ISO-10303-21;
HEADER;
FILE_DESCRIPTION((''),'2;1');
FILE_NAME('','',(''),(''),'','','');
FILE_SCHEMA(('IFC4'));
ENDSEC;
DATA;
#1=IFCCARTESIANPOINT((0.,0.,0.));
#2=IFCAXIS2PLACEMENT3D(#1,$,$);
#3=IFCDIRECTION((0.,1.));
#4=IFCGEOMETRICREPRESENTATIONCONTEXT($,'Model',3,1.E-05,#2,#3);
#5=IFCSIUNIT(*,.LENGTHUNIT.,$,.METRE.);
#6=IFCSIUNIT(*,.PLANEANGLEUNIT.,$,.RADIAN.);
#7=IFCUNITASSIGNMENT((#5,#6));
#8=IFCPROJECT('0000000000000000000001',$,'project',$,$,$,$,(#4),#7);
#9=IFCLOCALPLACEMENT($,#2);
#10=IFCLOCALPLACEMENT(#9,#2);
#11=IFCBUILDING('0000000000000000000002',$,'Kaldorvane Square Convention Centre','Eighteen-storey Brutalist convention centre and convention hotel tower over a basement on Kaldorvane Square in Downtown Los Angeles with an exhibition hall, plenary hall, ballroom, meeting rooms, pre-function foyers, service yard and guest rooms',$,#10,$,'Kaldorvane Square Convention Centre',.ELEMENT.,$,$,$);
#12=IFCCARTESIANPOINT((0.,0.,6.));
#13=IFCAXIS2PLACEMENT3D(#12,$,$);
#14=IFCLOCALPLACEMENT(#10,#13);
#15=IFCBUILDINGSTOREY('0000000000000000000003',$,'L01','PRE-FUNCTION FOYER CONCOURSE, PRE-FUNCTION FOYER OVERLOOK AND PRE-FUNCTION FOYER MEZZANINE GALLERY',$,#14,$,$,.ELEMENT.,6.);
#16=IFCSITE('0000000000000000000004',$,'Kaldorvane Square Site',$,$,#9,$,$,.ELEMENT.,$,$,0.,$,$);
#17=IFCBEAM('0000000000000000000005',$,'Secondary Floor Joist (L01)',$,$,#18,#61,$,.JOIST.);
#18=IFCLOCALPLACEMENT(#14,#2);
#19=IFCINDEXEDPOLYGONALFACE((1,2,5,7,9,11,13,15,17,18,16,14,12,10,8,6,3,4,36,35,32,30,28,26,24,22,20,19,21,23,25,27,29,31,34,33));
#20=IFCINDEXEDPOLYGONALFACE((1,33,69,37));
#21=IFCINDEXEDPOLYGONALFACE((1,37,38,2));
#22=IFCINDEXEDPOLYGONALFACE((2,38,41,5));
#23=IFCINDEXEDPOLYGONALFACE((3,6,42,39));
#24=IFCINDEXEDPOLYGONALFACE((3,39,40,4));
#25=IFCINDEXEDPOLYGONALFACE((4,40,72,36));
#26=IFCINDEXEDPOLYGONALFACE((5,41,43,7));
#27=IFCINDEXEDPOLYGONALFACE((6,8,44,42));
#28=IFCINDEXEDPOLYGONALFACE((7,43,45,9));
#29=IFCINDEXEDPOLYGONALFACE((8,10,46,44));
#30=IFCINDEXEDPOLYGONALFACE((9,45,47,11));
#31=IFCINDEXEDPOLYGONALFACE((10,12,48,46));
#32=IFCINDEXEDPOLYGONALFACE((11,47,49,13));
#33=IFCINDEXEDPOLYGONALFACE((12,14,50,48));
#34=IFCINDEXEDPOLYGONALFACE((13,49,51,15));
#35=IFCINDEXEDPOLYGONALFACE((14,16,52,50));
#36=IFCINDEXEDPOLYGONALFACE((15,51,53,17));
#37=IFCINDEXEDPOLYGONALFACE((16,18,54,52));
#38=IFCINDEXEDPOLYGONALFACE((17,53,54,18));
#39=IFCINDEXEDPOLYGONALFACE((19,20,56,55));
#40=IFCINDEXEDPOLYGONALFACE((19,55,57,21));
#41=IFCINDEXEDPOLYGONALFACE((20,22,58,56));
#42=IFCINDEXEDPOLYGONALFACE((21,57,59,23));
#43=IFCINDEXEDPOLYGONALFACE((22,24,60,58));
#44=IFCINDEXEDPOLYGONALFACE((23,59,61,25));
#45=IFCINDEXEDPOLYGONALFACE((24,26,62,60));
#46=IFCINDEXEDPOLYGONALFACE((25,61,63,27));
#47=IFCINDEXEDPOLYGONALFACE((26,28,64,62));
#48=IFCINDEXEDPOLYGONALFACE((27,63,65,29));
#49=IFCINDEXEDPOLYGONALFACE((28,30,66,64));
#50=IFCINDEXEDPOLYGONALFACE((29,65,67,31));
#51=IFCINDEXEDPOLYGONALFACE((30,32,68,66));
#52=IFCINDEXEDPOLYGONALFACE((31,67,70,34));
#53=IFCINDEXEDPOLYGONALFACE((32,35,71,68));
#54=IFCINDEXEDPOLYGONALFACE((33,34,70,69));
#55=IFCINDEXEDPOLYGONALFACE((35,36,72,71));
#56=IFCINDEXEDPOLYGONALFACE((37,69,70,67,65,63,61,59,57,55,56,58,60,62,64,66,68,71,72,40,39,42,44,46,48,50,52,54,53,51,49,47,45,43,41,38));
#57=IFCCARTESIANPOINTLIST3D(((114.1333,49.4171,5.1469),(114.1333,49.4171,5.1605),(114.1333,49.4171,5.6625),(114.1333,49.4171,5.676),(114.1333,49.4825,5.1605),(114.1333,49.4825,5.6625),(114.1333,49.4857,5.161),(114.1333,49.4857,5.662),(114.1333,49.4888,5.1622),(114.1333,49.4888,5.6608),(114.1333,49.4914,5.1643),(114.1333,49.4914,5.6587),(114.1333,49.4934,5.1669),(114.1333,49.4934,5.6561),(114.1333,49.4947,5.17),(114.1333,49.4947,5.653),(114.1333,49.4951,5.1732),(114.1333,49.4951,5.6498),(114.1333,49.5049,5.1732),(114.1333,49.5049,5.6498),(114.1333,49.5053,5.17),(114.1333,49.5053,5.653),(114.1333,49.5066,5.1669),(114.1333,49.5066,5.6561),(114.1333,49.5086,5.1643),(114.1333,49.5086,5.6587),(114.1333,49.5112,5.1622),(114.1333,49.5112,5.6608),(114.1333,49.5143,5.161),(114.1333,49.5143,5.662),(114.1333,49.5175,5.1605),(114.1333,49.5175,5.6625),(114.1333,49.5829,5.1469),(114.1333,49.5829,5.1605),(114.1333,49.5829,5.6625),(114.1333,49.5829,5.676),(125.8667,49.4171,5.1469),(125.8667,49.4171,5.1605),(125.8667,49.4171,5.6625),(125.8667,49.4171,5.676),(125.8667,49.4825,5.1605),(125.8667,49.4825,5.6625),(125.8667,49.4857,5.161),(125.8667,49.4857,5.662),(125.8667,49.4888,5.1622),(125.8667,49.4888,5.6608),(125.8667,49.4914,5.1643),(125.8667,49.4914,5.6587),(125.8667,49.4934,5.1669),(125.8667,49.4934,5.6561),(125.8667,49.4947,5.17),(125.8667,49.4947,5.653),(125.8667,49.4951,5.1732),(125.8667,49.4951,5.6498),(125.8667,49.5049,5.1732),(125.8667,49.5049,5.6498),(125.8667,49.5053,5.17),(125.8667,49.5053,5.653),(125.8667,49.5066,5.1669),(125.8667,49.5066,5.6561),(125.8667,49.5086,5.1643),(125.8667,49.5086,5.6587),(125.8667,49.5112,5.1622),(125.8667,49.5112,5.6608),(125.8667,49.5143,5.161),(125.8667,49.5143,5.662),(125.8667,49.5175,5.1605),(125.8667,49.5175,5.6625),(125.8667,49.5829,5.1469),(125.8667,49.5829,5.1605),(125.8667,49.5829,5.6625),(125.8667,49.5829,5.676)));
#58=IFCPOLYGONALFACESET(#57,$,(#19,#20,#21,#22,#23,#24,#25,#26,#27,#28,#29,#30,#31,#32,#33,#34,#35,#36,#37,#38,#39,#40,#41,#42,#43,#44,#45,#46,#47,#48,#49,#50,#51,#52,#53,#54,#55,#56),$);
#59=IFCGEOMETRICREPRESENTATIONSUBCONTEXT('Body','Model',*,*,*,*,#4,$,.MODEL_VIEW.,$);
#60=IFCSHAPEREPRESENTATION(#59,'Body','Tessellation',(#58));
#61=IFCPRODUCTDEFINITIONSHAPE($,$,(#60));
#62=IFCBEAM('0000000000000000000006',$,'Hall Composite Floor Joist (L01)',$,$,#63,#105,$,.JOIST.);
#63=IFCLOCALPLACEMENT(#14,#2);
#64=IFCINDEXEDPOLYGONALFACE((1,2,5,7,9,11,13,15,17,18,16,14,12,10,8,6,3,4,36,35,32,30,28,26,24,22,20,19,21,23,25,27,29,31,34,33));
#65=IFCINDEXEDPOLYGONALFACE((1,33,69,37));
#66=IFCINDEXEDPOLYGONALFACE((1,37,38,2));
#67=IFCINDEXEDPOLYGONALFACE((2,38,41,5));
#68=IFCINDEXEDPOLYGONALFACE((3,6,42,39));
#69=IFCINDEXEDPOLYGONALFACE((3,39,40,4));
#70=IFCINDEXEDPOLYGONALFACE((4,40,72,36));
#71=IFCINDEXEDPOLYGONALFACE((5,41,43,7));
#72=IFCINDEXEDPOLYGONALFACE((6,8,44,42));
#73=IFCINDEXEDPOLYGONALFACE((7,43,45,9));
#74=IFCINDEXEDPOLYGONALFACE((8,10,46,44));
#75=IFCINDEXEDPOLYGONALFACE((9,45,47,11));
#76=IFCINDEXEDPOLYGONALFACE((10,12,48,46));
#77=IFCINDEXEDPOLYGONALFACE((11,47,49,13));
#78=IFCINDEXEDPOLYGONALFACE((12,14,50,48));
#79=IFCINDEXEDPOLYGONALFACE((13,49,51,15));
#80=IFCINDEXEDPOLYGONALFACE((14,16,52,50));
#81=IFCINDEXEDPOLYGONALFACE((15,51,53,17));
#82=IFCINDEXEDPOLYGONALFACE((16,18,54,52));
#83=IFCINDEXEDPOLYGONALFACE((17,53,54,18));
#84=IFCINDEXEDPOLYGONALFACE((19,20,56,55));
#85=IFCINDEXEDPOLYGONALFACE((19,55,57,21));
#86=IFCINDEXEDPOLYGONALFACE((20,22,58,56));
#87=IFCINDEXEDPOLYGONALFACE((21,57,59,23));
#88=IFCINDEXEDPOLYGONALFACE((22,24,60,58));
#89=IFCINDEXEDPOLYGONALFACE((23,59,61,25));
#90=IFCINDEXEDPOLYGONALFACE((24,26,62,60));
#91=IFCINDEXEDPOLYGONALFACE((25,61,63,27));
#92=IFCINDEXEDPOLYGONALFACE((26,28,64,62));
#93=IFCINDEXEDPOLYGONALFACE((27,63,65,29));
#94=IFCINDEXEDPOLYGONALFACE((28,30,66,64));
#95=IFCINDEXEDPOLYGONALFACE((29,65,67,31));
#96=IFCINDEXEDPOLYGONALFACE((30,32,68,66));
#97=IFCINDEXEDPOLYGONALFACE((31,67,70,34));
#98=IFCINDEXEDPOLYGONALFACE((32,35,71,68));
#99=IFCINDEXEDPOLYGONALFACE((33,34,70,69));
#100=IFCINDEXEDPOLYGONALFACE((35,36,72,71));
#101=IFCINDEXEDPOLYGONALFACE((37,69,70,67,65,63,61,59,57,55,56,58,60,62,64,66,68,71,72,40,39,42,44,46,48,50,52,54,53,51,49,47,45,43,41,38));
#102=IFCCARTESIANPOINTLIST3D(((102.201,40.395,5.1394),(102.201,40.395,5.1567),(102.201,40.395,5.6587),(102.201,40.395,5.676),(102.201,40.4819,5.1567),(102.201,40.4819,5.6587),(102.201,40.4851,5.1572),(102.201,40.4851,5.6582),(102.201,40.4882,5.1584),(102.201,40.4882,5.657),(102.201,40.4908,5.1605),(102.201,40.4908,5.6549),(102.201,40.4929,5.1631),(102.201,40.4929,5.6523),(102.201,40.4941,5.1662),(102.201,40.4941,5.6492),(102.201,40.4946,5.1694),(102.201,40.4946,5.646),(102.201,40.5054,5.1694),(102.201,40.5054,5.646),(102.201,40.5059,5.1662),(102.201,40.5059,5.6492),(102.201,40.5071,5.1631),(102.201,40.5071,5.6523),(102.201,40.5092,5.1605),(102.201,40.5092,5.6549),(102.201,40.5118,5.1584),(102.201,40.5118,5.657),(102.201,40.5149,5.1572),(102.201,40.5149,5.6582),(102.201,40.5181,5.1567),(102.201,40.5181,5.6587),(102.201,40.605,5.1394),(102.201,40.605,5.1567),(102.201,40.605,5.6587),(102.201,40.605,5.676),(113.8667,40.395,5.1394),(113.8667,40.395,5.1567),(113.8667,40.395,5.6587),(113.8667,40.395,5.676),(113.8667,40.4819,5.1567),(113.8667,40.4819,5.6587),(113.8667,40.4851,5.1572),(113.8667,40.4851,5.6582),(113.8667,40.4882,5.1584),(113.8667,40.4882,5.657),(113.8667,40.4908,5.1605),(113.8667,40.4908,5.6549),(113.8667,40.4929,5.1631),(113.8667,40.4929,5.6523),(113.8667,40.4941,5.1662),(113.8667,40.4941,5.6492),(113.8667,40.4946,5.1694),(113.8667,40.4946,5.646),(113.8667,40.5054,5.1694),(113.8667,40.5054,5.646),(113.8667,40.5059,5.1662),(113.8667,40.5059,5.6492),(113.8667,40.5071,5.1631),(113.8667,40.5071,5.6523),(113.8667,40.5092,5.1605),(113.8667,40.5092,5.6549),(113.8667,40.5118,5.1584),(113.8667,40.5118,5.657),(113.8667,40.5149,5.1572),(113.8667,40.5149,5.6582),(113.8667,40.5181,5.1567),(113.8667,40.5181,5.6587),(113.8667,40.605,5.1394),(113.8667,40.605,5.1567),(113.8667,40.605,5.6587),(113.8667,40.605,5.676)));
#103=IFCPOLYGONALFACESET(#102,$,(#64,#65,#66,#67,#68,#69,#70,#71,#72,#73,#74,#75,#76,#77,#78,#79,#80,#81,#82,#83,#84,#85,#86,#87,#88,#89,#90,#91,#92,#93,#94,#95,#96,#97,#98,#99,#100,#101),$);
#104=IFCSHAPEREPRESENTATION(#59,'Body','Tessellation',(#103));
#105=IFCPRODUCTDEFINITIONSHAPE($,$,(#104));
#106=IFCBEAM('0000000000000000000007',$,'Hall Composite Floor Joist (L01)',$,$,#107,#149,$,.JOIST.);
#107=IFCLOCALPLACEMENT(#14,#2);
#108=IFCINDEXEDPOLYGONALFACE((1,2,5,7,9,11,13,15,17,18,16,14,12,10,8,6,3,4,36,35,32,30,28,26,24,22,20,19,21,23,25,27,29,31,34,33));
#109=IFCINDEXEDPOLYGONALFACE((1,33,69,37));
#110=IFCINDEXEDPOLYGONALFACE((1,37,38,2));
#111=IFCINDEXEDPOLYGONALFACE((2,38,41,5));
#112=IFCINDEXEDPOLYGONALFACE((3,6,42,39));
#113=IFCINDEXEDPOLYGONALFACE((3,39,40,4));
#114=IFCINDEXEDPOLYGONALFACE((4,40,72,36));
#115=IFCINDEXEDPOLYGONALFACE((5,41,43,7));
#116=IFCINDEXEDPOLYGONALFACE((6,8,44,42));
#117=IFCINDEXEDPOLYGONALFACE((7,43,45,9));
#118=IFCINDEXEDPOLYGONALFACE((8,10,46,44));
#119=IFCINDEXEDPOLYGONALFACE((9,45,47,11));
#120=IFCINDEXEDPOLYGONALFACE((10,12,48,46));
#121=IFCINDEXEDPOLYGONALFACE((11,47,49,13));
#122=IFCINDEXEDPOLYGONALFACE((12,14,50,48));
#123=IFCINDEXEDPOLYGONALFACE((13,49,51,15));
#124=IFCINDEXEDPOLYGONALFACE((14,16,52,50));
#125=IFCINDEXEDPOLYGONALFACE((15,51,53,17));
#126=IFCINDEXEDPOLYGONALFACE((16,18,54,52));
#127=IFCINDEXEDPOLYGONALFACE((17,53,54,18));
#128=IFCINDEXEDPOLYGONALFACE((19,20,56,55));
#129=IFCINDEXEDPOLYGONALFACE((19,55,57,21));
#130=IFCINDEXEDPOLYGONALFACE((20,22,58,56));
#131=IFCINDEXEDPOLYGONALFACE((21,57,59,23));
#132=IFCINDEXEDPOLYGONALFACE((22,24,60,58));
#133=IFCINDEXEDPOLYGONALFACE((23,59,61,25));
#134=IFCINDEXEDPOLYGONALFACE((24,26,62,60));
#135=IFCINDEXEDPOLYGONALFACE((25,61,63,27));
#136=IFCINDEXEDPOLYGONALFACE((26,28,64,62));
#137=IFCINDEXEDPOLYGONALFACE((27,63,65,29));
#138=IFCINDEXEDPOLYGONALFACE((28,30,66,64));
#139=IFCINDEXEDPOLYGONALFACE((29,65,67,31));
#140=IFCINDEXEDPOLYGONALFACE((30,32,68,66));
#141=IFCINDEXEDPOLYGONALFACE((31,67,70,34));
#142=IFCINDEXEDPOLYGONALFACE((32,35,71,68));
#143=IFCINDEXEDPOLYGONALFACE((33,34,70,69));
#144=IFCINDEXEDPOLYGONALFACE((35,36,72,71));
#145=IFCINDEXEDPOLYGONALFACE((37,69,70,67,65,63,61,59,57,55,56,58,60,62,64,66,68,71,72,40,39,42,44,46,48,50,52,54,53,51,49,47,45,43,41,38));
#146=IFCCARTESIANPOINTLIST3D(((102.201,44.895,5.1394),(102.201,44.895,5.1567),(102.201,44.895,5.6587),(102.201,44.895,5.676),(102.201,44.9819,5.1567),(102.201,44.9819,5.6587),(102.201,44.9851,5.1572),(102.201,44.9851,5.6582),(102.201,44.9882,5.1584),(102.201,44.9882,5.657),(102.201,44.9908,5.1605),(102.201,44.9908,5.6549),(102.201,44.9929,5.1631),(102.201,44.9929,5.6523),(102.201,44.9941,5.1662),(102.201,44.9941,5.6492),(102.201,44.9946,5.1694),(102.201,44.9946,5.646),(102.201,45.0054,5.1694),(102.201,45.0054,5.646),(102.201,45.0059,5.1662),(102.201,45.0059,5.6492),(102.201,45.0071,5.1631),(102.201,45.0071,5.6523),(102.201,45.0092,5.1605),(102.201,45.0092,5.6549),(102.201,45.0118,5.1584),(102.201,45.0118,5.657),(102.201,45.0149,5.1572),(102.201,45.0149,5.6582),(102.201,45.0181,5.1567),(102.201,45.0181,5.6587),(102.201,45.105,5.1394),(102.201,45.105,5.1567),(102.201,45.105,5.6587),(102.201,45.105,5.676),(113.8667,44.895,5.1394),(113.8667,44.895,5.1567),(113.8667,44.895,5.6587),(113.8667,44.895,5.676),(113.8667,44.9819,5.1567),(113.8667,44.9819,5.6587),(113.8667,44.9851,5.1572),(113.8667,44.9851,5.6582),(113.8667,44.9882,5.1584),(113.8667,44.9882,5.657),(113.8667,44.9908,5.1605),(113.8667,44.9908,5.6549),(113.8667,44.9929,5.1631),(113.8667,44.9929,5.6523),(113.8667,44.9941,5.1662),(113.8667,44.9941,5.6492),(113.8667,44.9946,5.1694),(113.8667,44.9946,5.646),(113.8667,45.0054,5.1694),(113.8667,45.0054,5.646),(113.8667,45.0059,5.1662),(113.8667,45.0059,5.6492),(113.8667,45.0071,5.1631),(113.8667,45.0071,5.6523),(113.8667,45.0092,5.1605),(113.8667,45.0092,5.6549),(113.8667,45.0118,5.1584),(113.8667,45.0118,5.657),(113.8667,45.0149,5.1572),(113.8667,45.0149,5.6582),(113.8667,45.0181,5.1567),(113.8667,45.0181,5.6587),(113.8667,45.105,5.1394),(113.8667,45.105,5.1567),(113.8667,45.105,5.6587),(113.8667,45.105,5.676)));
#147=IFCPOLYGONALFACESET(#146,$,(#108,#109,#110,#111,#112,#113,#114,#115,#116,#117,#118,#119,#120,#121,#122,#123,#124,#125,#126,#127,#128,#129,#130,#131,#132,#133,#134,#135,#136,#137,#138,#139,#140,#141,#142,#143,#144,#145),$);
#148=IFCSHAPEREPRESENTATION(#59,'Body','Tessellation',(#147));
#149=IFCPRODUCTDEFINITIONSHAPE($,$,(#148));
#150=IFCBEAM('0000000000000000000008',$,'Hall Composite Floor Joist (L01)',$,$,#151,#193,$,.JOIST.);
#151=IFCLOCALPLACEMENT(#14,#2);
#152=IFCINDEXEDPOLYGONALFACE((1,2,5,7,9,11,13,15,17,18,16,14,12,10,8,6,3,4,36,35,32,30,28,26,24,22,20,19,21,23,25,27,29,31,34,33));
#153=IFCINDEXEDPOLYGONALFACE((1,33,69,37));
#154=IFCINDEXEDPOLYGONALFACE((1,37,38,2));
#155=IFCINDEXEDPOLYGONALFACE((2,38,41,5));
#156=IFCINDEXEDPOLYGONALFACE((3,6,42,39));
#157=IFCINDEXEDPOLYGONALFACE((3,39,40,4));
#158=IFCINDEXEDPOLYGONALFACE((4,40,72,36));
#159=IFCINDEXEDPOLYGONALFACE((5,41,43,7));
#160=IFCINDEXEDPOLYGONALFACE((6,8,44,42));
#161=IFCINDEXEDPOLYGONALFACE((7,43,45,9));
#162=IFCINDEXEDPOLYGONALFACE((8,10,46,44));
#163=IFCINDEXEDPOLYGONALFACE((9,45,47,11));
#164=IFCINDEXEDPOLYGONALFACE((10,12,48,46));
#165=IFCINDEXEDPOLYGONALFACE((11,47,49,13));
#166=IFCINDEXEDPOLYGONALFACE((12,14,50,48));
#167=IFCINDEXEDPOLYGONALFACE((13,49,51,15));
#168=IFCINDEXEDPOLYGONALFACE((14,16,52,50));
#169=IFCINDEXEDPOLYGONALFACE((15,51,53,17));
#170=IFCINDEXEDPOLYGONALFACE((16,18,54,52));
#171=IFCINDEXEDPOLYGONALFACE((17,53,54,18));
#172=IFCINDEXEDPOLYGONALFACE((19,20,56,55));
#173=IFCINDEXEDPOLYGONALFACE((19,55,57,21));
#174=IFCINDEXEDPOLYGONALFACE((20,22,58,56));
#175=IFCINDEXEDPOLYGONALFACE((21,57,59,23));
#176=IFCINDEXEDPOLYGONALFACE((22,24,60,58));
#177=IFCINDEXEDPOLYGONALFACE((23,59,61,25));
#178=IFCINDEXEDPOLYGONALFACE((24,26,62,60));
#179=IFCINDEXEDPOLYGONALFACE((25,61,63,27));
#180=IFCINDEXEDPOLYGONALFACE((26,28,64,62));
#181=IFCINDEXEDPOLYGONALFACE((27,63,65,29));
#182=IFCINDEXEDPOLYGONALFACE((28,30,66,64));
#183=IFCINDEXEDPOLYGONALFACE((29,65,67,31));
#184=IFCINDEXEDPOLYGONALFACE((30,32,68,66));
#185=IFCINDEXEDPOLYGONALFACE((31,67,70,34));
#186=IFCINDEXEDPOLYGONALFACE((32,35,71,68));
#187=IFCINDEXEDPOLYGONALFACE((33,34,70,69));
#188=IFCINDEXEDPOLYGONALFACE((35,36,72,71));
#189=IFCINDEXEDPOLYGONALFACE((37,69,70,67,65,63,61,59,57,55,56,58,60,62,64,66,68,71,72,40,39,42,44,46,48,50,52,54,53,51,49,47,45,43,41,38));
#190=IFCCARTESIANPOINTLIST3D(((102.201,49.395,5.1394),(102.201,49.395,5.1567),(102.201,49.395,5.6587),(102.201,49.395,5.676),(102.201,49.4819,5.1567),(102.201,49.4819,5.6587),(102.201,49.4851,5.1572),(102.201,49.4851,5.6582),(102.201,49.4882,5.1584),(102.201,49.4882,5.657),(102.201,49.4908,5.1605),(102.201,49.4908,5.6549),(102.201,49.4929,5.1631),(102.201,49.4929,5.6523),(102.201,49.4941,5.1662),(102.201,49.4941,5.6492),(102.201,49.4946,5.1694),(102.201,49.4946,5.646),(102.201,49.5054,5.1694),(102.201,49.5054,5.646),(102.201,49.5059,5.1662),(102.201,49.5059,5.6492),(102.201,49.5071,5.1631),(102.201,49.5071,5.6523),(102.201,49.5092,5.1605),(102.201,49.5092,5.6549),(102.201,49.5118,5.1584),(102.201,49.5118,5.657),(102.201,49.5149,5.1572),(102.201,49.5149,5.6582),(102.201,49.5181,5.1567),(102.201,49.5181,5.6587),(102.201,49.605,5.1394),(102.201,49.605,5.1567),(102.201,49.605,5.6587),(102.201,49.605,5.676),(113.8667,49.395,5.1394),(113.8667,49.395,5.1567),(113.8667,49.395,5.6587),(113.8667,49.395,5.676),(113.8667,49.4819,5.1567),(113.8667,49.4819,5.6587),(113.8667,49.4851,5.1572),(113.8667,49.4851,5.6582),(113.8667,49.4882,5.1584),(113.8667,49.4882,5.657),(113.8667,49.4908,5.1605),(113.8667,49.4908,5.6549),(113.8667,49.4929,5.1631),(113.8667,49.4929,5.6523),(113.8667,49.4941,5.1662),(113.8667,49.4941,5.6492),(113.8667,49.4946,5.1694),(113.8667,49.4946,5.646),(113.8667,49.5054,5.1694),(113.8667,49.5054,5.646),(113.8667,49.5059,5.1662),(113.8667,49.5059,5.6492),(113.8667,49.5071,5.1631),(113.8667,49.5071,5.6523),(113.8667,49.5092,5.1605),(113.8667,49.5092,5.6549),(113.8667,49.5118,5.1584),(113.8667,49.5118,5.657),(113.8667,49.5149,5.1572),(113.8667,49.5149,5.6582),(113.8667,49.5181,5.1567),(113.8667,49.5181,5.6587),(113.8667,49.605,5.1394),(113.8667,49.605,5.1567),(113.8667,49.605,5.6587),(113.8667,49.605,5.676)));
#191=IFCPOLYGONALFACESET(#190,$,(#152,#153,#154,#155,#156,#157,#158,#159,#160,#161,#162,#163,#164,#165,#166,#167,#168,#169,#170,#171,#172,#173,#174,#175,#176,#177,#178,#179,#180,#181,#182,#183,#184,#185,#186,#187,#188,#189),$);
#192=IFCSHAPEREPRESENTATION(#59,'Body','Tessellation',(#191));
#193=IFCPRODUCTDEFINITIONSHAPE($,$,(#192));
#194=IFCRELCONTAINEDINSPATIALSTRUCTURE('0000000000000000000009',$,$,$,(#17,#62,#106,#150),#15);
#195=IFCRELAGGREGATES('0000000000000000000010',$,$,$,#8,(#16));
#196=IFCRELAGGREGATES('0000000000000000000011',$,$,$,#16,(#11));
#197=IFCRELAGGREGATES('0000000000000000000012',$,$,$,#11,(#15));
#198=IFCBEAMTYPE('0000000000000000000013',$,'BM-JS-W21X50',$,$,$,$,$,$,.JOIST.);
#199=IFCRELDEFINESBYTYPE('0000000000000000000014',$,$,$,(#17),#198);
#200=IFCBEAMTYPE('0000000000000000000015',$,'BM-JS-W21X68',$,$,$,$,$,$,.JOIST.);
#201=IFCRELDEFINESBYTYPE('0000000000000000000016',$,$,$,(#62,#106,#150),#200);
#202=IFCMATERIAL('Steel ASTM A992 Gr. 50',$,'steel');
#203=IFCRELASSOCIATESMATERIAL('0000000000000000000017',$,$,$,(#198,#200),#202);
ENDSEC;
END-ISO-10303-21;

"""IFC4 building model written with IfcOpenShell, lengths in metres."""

from ifc_helpers import new_model, si_unit, direction, frame, origin, origin_2d, place, context, subcontext, project, spatial, i_section, extrude, material, material_profile, profile_set, type_object, element, save


model = new_model("IFC4")

# Units and contexts
model_context = context("Model", 3, precision=1e-05, world=origin(), true_north=direction((0.0, 1.0)))
body_context = subcontext(model_context, "Body", "Model", "MODEL_VIEW")
ifc_project = project(units=[si_unit("LENGTHUNIT", "METRE"), si_unit("PLANEANGLEUNIT", "RADIAN")], contexts=[model_context])

# Site, building, storey
site_placement = place(None, origin())
site = spatial("IfcSite", under=ifc_project, at=site_placement, Name="Kaldorvane Square Site", CompositionType="ELEMENT", RefElevation=0.0)
building_placement = place(site_placement, origin())
building = spatial("IfcBuilding", under=site, at=building_placement, Name="Kaldorvane Square Convention Centre", Description="Eighteen-storey Brutalist convention centre and convention hotel tower over a basement on Kaldorvane Square in Downtown Los Angeles with an exhibition hall, plenary hall, ballroom, meeting rooms, pre-function foyers, service yard and guest rooms", LongName="Kaldorvane Square Convention Centre", CompositionType="ELEMENT")
storey_placement = place(building_placement, frame((0.0, 0.0, 6.0)))
storey = spatial("IfcBuildingStorey", under=building, at=storey_placement, Name="L01", Description="PRE-FUNCTION FOYER CONCOURSE, PRE-FUNCTION FOYER OVERLOOK AND PRE-FUNCTION FOYER MEZZANINE GALLERY", CompositionType="ELEMENT", Elevation=6.0)

# Shared definitions
ifc_material_1 = material(Name="Steel ASTM A992 Gr. 50", Category="steel")

# Beams
ifc_material_profile_1 = material_profile(ifc_material_1, i_section(OverallWidth=0.1659, OverallDepth=0.5291, WebThickness=0.0097, FlangeThickness=0.0136, FilletRadius=0.0127, at=origin_2d()), Name="W21X50")
ifc_profile_set_1 = profile_set([ifc_material_profile_1], Name="Steel ASTM A992 Gr. 50")
beam_type_1 = type_object("IfcBeamType", Name="BM-JS-W21X50", PredefinedType="JOIST", material=ifc_profile_set_1)
for number, where, z_axis, x_axis, name in (
    (1, (114.1333, 49.5, 5.4115), (1.0, 0.0, 0.0), (0.0, 1.0, 0.0), "Secondary Floor Joist (L01)"),
):
    element("IfcBeam", number, at=place(storey_placement, frame(where, z_axis=z_axis, x_axis=x_axis)), inside=storey, type_object=beam_type_1, Name=name, PredefinedType="JOIST", context=body_context, shape_type="SweptSolid", body=[
        extrude(i_section(OverallWidth=0.1659, OverallDepth=0.5291, WebThickness=0.0097, FlangeThickness=0.0136, FilletRadius=0.0127, at=origin_2d()), origin(), (0.0, 0.0, 1.0), 11.7334),
    ])
ifc_material_profile_2 = material_profile(ifc_material_1, i_section(OverallWidth=0.2101, OverallDepth=0.5367, WebThickness=0.0109, FlangeThickness=0.0174, FilletRadius=0.0127, at=origin_2d()), Name="W21X68")
ifc_profile_set_2 = profile_set([ifc_material_profile_2], Name="Steel ASTM A992 Gr. 50")
beam_type_2 = type_object("IfcBeamType", Name="BM-JS-W21X68", PredefinedType="JOIST", material=ifc_profile_set_2)
for number, where, z_axis, x_axis, name in (
    (2, (102.201, 40.5, 5.4077), (1.0, 0.0, 0.0), (0.0, 1.0, 0.0), "Hall Composite Floor Joist (L01)"),
    (3, (102.201, 45.0, 5.4077), (1.0, 0.0, 0.0), (0.0, 1.0, 0.0), "Hall Composite Floor Joist (L01)"),
    (4, (102.201, 49.5, 5.4077), (1.0, 0.0, 0.0), (0.0, 1.0, 0.0), "Hall Composite Floor Joist (L01)"),
):
    element("IfcBeam", number, at=place(storey_placement, frame(where, z_axis=z_axis, x_axis=x_axis)), inside=storey, type_object=beam_type_2, Name=name, PredefinedType="JOIST", context=body_context, shape_type="SweptSolid", body=[
        extrude(i_section(OverallWidth=0.2101, OverallDepth=0.5367, WebThickness=0.0109, FlangeThickness=0.0174, FilletRadius=0.0127, at=origin_2d()), origin(), (0.0, 0.0, 1.0), 11.6657),
    ])

save(model, "model.ifc")
